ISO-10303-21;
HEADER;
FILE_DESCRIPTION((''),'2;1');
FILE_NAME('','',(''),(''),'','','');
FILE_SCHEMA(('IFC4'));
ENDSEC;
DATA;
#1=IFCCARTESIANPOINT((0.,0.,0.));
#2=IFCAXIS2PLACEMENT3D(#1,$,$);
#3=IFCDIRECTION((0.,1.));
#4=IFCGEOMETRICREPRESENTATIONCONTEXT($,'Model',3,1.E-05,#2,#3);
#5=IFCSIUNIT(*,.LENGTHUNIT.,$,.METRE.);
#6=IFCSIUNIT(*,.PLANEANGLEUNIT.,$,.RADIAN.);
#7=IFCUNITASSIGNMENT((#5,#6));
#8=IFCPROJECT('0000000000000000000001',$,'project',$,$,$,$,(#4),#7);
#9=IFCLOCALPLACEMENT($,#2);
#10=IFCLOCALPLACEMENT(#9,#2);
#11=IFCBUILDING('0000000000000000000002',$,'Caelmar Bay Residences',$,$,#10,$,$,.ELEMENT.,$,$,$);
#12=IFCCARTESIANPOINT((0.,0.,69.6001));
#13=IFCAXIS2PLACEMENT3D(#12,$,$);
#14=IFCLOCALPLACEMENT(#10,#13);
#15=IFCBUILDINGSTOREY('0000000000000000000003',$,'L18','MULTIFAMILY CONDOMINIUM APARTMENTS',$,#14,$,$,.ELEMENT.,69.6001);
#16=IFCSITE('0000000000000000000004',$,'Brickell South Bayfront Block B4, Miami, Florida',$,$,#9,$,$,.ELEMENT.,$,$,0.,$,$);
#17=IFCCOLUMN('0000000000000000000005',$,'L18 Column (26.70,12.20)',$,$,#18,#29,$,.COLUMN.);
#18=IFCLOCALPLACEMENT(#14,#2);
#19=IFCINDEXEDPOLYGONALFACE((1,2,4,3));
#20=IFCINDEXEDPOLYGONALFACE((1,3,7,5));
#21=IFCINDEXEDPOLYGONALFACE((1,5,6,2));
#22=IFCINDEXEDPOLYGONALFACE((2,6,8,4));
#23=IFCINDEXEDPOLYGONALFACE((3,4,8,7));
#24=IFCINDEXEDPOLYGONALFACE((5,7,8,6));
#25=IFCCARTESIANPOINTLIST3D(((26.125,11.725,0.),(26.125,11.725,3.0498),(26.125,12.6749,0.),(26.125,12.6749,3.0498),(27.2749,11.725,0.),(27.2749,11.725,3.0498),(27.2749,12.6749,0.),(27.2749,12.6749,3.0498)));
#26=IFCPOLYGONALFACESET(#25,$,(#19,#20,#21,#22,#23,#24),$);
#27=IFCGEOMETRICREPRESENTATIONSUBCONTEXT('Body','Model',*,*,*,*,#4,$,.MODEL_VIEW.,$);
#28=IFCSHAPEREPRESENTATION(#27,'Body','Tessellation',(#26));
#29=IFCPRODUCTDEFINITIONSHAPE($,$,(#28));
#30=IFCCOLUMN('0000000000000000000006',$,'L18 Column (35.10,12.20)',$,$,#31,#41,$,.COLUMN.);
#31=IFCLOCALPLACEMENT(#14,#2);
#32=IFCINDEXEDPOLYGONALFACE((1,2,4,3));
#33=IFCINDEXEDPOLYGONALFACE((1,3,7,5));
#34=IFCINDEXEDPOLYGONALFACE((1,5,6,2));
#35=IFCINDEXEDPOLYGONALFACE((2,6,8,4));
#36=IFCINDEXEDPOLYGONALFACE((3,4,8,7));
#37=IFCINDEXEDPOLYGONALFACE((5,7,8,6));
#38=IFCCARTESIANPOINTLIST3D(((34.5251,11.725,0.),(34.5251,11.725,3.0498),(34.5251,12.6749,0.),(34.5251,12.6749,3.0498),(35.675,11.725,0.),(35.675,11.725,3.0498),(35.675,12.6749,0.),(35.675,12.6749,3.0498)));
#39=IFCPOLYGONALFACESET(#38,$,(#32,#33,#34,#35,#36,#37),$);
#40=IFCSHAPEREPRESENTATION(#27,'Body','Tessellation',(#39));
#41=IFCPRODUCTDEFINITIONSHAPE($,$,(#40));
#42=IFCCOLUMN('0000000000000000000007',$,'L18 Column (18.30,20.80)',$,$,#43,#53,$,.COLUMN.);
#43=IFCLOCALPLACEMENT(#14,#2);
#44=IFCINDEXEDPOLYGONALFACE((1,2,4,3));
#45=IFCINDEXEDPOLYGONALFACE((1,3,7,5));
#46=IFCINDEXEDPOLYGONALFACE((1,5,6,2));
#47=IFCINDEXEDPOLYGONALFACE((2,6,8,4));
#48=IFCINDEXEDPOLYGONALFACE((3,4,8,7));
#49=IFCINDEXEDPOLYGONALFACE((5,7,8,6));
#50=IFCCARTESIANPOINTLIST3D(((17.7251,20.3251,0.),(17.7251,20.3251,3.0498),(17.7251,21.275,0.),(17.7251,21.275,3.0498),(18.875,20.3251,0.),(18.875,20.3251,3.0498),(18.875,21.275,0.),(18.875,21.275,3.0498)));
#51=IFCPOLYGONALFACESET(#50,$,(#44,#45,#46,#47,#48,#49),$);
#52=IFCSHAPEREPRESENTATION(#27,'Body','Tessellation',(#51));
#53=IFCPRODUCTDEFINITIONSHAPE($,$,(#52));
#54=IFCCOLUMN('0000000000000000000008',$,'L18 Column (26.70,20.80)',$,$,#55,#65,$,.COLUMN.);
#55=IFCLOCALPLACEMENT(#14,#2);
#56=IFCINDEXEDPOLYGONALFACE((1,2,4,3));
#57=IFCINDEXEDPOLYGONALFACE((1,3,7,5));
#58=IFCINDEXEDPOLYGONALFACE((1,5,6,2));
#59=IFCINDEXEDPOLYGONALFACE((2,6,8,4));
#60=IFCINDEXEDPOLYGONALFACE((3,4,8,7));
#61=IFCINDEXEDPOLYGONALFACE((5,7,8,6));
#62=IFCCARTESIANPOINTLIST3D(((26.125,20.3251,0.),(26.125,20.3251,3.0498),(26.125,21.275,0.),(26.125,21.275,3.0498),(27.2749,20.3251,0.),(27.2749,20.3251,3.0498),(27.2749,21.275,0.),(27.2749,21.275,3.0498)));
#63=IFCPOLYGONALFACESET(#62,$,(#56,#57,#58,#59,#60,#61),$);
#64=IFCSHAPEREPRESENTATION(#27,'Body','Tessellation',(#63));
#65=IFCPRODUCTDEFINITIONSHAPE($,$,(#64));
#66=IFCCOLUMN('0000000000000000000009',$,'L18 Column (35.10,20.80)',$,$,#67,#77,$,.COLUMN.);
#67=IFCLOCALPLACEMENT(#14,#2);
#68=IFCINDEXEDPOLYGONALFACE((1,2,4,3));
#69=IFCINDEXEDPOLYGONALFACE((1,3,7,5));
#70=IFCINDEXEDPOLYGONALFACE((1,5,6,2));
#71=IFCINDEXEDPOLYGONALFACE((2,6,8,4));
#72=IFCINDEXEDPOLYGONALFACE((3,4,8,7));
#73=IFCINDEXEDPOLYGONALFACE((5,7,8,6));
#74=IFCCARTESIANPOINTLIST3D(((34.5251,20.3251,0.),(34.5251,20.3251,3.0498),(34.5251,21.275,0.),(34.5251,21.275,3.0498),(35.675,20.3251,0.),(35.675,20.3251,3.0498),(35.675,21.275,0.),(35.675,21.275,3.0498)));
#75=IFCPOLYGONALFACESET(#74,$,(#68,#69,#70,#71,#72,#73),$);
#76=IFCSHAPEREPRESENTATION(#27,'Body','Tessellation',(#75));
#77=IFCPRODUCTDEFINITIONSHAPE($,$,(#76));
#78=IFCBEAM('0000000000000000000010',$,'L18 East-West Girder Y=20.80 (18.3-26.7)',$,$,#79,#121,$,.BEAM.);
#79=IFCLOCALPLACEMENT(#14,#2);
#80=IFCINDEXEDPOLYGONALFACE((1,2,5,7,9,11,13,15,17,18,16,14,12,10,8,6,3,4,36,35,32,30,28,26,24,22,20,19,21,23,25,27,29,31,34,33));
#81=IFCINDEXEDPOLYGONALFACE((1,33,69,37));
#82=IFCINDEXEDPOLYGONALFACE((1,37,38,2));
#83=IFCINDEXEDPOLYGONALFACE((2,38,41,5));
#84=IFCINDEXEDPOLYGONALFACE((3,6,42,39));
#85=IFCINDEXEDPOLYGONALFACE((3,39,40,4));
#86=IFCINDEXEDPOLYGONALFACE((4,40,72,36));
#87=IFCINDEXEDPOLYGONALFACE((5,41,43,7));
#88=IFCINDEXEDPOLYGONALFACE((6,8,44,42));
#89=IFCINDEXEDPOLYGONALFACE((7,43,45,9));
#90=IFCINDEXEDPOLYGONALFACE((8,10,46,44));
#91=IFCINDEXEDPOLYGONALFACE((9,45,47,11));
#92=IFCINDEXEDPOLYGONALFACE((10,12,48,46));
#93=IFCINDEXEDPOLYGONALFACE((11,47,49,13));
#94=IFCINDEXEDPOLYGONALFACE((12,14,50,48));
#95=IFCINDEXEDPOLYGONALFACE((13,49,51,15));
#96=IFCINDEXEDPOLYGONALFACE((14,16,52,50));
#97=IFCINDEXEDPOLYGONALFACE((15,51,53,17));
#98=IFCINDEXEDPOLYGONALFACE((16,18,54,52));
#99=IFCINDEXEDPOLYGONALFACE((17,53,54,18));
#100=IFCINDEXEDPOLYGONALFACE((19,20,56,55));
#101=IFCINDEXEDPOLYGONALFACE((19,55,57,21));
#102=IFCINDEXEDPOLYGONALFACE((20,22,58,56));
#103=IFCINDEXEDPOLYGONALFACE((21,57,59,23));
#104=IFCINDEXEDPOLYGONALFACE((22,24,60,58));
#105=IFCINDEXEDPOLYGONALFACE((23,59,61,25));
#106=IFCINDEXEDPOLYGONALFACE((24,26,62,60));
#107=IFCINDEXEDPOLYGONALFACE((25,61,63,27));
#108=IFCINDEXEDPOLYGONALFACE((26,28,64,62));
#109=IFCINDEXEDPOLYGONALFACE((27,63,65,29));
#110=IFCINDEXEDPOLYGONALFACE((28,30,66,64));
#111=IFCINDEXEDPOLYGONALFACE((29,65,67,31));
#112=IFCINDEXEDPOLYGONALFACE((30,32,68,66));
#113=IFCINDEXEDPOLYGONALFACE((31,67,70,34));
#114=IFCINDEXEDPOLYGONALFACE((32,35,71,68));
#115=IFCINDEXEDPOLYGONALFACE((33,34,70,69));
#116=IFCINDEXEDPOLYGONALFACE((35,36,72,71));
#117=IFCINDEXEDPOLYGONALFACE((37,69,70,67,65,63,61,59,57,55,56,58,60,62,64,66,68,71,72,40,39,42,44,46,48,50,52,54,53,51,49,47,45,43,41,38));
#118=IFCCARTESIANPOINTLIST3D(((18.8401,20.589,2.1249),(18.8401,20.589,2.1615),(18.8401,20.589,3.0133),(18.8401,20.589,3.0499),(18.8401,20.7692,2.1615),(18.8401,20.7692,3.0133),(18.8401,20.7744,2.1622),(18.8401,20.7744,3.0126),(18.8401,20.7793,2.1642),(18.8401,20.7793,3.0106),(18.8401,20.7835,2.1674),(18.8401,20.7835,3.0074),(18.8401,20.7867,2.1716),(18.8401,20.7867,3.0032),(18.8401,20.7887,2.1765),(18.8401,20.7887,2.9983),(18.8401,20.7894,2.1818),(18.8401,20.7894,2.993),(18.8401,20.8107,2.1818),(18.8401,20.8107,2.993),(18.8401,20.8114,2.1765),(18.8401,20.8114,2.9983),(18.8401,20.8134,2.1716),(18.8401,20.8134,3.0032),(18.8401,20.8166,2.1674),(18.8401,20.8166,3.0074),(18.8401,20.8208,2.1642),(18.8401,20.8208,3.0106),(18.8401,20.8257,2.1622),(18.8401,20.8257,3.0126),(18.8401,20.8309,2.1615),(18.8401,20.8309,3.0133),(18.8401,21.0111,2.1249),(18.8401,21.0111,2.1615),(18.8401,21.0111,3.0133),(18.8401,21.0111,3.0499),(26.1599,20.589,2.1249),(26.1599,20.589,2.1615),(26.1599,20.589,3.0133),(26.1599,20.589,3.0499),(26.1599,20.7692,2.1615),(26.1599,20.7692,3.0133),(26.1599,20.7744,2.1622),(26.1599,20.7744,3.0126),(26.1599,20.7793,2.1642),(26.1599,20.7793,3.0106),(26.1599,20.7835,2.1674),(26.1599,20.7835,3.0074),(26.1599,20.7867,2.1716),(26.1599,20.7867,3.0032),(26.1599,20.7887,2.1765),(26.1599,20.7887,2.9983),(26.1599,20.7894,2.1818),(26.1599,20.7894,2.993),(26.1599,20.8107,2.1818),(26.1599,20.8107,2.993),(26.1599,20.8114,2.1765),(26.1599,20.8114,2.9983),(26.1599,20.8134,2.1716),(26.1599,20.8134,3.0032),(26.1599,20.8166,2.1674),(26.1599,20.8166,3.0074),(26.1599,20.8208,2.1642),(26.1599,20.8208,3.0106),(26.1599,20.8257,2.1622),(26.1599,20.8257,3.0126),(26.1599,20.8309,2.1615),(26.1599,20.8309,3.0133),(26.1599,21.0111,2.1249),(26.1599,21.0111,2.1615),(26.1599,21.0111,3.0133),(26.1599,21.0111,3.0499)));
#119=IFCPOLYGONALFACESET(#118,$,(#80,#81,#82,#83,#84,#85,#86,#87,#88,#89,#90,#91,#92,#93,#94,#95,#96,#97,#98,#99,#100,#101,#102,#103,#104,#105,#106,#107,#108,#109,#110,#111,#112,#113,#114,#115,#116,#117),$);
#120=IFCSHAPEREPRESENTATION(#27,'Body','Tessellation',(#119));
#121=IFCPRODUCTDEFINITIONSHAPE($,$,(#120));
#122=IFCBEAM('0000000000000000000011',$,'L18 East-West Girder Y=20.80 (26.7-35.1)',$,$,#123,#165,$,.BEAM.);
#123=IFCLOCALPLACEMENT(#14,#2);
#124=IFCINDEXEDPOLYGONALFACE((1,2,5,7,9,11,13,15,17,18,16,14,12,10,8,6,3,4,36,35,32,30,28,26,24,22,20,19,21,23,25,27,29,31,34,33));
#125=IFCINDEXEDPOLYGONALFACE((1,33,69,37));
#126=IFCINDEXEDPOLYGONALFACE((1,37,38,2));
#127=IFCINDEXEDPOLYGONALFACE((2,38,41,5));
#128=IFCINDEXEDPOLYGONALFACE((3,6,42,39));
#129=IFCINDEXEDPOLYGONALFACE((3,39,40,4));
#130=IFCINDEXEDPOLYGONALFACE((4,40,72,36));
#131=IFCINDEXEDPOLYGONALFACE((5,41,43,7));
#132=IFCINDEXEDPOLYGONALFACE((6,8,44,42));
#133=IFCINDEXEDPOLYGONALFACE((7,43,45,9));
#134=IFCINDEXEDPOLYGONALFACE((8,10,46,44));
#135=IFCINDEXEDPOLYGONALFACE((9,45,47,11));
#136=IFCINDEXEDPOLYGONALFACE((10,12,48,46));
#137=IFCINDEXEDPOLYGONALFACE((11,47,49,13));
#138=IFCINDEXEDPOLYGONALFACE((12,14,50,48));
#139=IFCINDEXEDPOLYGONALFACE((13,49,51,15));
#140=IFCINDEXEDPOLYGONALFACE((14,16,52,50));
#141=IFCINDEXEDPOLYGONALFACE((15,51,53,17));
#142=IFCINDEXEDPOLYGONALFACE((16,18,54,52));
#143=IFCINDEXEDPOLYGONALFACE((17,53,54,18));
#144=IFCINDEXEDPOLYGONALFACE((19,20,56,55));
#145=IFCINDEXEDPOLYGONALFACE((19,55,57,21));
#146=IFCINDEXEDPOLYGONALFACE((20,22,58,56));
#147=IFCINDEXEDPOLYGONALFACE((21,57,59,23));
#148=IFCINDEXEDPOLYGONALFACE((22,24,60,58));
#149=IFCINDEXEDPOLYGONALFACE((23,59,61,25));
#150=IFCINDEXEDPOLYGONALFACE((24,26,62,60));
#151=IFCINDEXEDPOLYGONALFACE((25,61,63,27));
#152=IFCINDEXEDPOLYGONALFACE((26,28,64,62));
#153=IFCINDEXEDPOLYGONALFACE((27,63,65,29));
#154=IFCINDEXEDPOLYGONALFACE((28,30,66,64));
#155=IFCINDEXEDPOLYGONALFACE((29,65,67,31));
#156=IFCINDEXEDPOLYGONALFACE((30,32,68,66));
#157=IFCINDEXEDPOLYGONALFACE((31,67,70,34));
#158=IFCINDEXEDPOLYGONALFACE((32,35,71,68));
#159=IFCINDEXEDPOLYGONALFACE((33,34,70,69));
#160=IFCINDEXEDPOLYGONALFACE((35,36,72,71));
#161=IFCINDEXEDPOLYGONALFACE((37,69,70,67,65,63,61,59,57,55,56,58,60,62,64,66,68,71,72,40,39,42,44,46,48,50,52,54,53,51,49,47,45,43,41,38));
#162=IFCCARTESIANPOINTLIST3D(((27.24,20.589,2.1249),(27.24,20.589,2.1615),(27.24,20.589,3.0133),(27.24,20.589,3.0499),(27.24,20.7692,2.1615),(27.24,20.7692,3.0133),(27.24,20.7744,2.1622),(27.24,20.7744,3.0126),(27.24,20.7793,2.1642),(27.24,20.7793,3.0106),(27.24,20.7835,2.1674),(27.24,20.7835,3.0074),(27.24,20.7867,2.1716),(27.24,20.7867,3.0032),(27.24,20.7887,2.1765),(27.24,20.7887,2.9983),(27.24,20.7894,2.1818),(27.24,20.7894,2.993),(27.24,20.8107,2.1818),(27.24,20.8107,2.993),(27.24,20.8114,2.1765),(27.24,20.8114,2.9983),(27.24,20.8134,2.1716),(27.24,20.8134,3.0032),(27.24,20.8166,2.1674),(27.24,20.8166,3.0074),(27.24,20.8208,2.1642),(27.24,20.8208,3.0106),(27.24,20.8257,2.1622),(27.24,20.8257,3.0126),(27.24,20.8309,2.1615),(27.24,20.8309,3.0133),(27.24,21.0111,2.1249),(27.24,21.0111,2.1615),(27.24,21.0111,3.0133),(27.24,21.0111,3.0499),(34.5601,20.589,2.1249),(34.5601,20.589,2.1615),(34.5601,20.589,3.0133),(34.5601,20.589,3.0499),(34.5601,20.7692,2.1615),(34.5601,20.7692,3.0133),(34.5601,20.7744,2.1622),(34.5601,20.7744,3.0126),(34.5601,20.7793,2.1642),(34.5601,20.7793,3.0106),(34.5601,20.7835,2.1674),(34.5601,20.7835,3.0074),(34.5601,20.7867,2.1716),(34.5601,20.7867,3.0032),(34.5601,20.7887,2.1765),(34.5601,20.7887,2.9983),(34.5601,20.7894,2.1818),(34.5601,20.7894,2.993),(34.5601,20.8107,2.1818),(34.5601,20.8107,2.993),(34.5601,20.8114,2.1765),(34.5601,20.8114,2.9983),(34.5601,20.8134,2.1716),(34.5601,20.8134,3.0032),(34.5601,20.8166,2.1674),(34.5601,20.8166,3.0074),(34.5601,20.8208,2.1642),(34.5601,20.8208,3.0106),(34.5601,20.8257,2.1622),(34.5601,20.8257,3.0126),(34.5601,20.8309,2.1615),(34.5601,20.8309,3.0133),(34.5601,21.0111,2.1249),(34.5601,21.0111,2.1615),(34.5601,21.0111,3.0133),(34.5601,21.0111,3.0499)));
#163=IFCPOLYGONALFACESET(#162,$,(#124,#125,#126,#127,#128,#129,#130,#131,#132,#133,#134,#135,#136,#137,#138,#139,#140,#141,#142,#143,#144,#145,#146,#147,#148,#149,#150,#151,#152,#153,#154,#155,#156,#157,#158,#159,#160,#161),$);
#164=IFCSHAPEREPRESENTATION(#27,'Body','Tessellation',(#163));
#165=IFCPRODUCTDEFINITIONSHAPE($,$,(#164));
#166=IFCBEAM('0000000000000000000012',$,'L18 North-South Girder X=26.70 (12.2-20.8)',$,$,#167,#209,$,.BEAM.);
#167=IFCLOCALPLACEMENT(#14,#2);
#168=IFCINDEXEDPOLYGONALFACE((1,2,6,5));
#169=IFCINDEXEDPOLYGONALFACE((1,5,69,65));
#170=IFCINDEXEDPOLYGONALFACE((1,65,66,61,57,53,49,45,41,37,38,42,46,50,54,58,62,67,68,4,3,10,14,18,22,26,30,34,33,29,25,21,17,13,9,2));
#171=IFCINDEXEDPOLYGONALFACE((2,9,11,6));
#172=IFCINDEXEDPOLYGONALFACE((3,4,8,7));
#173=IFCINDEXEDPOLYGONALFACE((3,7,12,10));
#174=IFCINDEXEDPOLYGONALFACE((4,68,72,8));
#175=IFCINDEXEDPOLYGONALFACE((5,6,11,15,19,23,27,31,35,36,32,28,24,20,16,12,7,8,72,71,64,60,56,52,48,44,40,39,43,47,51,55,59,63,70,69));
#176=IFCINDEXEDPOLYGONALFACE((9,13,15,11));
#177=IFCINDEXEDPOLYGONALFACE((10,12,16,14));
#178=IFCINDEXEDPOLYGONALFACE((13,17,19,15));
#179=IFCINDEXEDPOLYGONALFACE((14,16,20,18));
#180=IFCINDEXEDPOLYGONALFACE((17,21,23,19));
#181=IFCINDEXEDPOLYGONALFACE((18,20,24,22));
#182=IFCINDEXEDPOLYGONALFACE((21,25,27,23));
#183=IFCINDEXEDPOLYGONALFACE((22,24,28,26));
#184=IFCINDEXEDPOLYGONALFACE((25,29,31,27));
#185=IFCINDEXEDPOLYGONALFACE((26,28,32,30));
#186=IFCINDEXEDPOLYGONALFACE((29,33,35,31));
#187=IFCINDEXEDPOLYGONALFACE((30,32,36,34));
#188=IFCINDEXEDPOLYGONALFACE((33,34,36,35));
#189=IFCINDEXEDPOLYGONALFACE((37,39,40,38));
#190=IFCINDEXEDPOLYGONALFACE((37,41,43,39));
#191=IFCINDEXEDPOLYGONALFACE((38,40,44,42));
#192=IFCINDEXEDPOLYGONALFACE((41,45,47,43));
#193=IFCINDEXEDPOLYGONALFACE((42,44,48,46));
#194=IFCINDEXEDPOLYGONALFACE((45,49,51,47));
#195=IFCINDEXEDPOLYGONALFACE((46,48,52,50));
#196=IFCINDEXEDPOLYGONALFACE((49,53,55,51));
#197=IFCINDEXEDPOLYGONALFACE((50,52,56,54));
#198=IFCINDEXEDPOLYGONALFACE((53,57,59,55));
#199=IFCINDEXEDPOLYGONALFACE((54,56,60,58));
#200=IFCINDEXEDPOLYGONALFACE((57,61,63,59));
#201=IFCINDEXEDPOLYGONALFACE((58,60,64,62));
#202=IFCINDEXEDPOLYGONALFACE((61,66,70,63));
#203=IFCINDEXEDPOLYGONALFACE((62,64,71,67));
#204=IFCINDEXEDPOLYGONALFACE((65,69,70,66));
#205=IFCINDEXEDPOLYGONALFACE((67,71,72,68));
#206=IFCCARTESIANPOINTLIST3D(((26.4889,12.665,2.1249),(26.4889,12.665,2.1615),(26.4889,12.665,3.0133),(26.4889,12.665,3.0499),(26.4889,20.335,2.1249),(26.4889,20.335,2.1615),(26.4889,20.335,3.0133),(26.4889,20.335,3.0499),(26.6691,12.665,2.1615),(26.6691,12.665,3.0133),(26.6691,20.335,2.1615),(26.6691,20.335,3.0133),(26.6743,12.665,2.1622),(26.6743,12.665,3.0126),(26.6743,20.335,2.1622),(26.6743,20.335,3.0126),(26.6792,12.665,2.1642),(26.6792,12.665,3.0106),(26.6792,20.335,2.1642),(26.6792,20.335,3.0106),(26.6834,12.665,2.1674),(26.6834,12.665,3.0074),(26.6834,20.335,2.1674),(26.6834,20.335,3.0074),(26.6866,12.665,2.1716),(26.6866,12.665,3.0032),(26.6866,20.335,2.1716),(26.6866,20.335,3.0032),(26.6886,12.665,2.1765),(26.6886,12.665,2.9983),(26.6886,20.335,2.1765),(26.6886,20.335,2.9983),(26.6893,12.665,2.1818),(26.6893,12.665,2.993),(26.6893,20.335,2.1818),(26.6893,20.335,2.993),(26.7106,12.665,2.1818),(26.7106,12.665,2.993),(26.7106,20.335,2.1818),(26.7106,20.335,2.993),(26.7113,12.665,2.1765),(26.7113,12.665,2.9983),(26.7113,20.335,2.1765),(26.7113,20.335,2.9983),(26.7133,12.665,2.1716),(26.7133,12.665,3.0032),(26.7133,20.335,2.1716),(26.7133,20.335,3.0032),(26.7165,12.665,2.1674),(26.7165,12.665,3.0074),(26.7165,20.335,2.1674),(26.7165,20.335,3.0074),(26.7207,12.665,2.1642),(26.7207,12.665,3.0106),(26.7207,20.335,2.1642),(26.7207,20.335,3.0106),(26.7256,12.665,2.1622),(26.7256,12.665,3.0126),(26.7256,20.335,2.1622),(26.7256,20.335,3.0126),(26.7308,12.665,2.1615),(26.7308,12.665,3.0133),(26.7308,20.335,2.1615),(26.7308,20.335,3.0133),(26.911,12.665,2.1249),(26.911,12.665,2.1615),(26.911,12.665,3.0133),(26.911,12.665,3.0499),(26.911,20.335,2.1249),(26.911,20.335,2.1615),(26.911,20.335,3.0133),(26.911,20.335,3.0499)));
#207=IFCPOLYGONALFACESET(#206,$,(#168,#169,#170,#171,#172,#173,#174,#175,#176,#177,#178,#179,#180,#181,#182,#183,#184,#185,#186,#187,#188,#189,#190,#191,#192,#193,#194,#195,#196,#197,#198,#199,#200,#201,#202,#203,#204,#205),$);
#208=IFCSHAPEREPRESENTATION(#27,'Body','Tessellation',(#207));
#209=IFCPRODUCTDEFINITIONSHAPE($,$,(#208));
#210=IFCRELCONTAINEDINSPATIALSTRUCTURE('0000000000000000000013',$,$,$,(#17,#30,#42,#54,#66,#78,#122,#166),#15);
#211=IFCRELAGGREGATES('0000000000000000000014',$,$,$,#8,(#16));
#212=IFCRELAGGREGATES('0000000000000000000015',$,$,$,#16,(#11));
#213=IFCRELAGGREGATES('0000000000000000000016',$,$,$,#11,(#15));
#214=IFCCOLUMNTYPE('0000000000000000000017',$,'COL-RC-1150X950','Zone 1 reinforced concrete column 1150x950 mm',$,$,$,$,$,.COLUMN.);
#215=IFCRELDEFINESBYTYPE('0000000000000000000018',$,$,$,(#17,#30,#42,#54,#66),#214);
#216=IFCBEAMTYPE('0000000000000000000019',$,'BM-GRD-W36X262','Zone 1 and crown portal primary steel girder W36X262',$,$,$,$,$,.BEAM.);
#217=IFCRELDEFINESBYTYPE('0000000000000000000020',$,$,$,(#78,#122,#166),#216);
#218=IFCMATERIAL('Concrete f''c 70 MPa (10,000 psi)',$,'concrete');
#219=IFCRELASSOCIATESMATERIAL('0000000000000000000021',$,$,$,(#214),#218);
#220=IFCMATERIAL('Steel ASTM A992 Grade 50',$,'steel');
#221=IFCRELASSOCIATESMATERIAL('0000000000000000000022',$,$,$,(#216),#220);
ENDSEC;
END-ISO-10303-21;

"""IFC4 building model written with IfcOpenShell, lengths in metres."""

from ifc_helpers import new_model, si_unit, direction, frame, origin, origin_2d, place, context, subcontext, project, spatial, rectangle, i_section, extrude, material, material_profile, profile_set, type_object, element, save


model = new_model("IFC4")

# Units and contexts
model_context = context("Model", 3, precision=1e-05, world=origin(), true_north=direction((0.0, 1.0)))
body_context = subcontext(model_context, "Body", "Model", "MODEL_VIEW")
ifc_project = project(units=[si_unit("LENGTHUNIT", "METRE"), si_unit("PLANEANGLEUNIT", "RADIAN")], contexts=[model_context])

# Site, building, storey
site_placement = place(None, origin())
site = spatial("IfcSite", under=ifc_project, at=site_placement, Name="Brickell South Bayfront Block B4, Miami, Florida", CompositionType="ELEMENT", RefElevation=0.0)
building_placement = place(site_placement, origin())
building = spatial("IfcBuilding", under=site, at=building_placement, Name="Caelmar Bay Residences", CompositionType="ELEMENT")
storey_placement = place(building_placement, frame((0.0, 0.0, 69.6001)))
storey = spatial("IfcBuildingStorey", under=building, at=storey_placement, Name="L18", Description="MULTIFAMILY CONDOMINIUM APARTMENTS", CompositionType="ELEMENT", Elevation=69.6001)

# Columns
ifc_material_1 = material(Name="Concrete f'c 70 MPa (10,000 psi)", Category="concrete")
ifc_material_profile_1 = material_profile(ifc_material_1, rectangle(XDim=1.1499, YDim=0.95, at=origin_2d()), Name="RC-COL-1150X950")
ifc_profile_set_1 = profile_set([ifc_material_profile_1], Name="Concrete f'c 70 MPa (10,000 psi)")
column_type = type_object("IfcColumnType", Name="COL-RC-1150X950", Description="Zone 1 reinforced concrete column 1150x950 mm", PredefinedType="COLUMN", material=ifc_profile_set_1)
for number, where, z_axis, x_axis, name in (
    (1, (26.7, 12.2, 0.0), (0.0, 0.0, 1.0), (1.0, 0.0, 0.0), "L18 Column (26.70,12.20)"),
    (2, (35.1001, 12.2, 0.0), (0.0, 0.0, 1.0), (1.0, 0.0, 0.0), "L18 Column (35.10,12.20)"),
    (3, (18.3, 20.8, 0.0), (0.0, 0.0, 1.0), (1.0, 0.0, 0.0), "L18 Column (18.30,20.80)"),
    (4, (26.7, 20.8, 0.0), (0.0, 0.0, 1.0), (1.0, 0.0, 0.0), "L18 Column (26.70,20.80)"),
    (5, (35.1001, 20.8, 0.0), (0.0, 0.0, 1.0), (1.0, 0.0, 0.0), "L18 Column (35.10,20.80)"),
):
    element("IfcColumn", number, at=place(storey_placement, frame(where, z_axis=z_axis, x_axis=x_axis)), inside=storey, type_object=column_type, Name=name, PredefinedType="COLUMN", context=body_context, shape_type="SweptSolid", body=[
        extrude(rectangle(XDim=1.1499, YDim=0.95, at=origin_2d()), origin(), (0.0, 0.0, 1.0), 3.0498),
    ])

# Beams
ifc_material_2 = material(Name="Steel ASTM A992 Grade 50", Category="steel")
ifc_material_profile_2 = material_profile(ifc_material_2, i_section(OverallWidth=0.4221, OverallDepth=0.925, WebThickness=0.0212, FlangeThickness=0.0366, FilletRadius=0.0203, at=origin_2d()), Name="W36X262")
ifc_profile_set_2 = profile_set([ifc_material_profile_2], Name="Steel ASTM A992 Grade 50")
beam_type_1 = type_object("IfcBeamType", Name="BM-GRD-W36X262", Description="Zone 1 and crown portal primary steel girder W36X262", PredefinedType="BEAM", material=ifc_profile_set_2)
beam_1_placement = place(storey_placement, frame((18.8401, 20.8, 2.5874), z_axis=(1.0, 0.0, 0.0), x_axis=(0.0, 1.0, 0.0)))
element("IfcBeam", 6, at=beam_1_placement, inside=storey, type_object=beam_type_1, Name="L18 East-West Girder Y=20.80 (18.3-26.7)", PredefinedType="BEAM", context=body_context, shape_type="SweptSolid", body=[
    extrude(i_section(OverallWidth=0.4221, OverallDepth=0.925, WebThickness=0.0212, FlangeThickness=0.0366, FilletRadius=0.0203, at=origin_2d()), origin(), (0.0, 0.0, 1.0), 7.3198),
])
beam_2_placement = place(storey_placement, frame((27.24, 20.8, 2.5874), z_axis=(1.0, 0.0, 0.0), x_axis=(0.0, 1.0, 0.0)))
element("IfcBeam", 7, at=beam_2_placement, inside=storey, type_object=beam_type_1, Name="L18 East-West Girder Y=20.80 (26.7-35.1)", PredefinedType="BEAM", context=body_context, shape_type="SweptSolid", body=[
    extrude(i_section(OverallWidth=0.4221, OverallDepth=0.925, WebThickness=0.0212, FlangeThickness=0.0366, FilletRadius=0.0203, at=origin_2d()), origin(), (0.0, 0.0, 1.0), 7.3201),
])
for number, where, z_axis, x_axis, name in (
    (8, (26.7, 12.665, 2.5874), (0.0, 1.0, 0.0), (-1.0, 0.0, 0.0), "L18 North-South Girder X=26.70 (12.2-20.8)"),
):
    element("IfcBeam", number, at=place(storey_placement, frame(where, z_axis=z_axis, x_axis=x_axis)), inside=storey, type_object=beam_type_1, Name=name, PredefinedType="BEAM", context=body_context, shape_type="SweptSolid", body=[
        extrude(i_section(OverallWidth=0.4221, OverallDepth=0.925, WebThickness=0.0212, FlangeThickness=0.0366, FilletRadius=0.0203, at=origin_2d()), origin(), (0.0, 0.0, 1.0), 7.6699),
    ])

save(model, "model.ifc")
